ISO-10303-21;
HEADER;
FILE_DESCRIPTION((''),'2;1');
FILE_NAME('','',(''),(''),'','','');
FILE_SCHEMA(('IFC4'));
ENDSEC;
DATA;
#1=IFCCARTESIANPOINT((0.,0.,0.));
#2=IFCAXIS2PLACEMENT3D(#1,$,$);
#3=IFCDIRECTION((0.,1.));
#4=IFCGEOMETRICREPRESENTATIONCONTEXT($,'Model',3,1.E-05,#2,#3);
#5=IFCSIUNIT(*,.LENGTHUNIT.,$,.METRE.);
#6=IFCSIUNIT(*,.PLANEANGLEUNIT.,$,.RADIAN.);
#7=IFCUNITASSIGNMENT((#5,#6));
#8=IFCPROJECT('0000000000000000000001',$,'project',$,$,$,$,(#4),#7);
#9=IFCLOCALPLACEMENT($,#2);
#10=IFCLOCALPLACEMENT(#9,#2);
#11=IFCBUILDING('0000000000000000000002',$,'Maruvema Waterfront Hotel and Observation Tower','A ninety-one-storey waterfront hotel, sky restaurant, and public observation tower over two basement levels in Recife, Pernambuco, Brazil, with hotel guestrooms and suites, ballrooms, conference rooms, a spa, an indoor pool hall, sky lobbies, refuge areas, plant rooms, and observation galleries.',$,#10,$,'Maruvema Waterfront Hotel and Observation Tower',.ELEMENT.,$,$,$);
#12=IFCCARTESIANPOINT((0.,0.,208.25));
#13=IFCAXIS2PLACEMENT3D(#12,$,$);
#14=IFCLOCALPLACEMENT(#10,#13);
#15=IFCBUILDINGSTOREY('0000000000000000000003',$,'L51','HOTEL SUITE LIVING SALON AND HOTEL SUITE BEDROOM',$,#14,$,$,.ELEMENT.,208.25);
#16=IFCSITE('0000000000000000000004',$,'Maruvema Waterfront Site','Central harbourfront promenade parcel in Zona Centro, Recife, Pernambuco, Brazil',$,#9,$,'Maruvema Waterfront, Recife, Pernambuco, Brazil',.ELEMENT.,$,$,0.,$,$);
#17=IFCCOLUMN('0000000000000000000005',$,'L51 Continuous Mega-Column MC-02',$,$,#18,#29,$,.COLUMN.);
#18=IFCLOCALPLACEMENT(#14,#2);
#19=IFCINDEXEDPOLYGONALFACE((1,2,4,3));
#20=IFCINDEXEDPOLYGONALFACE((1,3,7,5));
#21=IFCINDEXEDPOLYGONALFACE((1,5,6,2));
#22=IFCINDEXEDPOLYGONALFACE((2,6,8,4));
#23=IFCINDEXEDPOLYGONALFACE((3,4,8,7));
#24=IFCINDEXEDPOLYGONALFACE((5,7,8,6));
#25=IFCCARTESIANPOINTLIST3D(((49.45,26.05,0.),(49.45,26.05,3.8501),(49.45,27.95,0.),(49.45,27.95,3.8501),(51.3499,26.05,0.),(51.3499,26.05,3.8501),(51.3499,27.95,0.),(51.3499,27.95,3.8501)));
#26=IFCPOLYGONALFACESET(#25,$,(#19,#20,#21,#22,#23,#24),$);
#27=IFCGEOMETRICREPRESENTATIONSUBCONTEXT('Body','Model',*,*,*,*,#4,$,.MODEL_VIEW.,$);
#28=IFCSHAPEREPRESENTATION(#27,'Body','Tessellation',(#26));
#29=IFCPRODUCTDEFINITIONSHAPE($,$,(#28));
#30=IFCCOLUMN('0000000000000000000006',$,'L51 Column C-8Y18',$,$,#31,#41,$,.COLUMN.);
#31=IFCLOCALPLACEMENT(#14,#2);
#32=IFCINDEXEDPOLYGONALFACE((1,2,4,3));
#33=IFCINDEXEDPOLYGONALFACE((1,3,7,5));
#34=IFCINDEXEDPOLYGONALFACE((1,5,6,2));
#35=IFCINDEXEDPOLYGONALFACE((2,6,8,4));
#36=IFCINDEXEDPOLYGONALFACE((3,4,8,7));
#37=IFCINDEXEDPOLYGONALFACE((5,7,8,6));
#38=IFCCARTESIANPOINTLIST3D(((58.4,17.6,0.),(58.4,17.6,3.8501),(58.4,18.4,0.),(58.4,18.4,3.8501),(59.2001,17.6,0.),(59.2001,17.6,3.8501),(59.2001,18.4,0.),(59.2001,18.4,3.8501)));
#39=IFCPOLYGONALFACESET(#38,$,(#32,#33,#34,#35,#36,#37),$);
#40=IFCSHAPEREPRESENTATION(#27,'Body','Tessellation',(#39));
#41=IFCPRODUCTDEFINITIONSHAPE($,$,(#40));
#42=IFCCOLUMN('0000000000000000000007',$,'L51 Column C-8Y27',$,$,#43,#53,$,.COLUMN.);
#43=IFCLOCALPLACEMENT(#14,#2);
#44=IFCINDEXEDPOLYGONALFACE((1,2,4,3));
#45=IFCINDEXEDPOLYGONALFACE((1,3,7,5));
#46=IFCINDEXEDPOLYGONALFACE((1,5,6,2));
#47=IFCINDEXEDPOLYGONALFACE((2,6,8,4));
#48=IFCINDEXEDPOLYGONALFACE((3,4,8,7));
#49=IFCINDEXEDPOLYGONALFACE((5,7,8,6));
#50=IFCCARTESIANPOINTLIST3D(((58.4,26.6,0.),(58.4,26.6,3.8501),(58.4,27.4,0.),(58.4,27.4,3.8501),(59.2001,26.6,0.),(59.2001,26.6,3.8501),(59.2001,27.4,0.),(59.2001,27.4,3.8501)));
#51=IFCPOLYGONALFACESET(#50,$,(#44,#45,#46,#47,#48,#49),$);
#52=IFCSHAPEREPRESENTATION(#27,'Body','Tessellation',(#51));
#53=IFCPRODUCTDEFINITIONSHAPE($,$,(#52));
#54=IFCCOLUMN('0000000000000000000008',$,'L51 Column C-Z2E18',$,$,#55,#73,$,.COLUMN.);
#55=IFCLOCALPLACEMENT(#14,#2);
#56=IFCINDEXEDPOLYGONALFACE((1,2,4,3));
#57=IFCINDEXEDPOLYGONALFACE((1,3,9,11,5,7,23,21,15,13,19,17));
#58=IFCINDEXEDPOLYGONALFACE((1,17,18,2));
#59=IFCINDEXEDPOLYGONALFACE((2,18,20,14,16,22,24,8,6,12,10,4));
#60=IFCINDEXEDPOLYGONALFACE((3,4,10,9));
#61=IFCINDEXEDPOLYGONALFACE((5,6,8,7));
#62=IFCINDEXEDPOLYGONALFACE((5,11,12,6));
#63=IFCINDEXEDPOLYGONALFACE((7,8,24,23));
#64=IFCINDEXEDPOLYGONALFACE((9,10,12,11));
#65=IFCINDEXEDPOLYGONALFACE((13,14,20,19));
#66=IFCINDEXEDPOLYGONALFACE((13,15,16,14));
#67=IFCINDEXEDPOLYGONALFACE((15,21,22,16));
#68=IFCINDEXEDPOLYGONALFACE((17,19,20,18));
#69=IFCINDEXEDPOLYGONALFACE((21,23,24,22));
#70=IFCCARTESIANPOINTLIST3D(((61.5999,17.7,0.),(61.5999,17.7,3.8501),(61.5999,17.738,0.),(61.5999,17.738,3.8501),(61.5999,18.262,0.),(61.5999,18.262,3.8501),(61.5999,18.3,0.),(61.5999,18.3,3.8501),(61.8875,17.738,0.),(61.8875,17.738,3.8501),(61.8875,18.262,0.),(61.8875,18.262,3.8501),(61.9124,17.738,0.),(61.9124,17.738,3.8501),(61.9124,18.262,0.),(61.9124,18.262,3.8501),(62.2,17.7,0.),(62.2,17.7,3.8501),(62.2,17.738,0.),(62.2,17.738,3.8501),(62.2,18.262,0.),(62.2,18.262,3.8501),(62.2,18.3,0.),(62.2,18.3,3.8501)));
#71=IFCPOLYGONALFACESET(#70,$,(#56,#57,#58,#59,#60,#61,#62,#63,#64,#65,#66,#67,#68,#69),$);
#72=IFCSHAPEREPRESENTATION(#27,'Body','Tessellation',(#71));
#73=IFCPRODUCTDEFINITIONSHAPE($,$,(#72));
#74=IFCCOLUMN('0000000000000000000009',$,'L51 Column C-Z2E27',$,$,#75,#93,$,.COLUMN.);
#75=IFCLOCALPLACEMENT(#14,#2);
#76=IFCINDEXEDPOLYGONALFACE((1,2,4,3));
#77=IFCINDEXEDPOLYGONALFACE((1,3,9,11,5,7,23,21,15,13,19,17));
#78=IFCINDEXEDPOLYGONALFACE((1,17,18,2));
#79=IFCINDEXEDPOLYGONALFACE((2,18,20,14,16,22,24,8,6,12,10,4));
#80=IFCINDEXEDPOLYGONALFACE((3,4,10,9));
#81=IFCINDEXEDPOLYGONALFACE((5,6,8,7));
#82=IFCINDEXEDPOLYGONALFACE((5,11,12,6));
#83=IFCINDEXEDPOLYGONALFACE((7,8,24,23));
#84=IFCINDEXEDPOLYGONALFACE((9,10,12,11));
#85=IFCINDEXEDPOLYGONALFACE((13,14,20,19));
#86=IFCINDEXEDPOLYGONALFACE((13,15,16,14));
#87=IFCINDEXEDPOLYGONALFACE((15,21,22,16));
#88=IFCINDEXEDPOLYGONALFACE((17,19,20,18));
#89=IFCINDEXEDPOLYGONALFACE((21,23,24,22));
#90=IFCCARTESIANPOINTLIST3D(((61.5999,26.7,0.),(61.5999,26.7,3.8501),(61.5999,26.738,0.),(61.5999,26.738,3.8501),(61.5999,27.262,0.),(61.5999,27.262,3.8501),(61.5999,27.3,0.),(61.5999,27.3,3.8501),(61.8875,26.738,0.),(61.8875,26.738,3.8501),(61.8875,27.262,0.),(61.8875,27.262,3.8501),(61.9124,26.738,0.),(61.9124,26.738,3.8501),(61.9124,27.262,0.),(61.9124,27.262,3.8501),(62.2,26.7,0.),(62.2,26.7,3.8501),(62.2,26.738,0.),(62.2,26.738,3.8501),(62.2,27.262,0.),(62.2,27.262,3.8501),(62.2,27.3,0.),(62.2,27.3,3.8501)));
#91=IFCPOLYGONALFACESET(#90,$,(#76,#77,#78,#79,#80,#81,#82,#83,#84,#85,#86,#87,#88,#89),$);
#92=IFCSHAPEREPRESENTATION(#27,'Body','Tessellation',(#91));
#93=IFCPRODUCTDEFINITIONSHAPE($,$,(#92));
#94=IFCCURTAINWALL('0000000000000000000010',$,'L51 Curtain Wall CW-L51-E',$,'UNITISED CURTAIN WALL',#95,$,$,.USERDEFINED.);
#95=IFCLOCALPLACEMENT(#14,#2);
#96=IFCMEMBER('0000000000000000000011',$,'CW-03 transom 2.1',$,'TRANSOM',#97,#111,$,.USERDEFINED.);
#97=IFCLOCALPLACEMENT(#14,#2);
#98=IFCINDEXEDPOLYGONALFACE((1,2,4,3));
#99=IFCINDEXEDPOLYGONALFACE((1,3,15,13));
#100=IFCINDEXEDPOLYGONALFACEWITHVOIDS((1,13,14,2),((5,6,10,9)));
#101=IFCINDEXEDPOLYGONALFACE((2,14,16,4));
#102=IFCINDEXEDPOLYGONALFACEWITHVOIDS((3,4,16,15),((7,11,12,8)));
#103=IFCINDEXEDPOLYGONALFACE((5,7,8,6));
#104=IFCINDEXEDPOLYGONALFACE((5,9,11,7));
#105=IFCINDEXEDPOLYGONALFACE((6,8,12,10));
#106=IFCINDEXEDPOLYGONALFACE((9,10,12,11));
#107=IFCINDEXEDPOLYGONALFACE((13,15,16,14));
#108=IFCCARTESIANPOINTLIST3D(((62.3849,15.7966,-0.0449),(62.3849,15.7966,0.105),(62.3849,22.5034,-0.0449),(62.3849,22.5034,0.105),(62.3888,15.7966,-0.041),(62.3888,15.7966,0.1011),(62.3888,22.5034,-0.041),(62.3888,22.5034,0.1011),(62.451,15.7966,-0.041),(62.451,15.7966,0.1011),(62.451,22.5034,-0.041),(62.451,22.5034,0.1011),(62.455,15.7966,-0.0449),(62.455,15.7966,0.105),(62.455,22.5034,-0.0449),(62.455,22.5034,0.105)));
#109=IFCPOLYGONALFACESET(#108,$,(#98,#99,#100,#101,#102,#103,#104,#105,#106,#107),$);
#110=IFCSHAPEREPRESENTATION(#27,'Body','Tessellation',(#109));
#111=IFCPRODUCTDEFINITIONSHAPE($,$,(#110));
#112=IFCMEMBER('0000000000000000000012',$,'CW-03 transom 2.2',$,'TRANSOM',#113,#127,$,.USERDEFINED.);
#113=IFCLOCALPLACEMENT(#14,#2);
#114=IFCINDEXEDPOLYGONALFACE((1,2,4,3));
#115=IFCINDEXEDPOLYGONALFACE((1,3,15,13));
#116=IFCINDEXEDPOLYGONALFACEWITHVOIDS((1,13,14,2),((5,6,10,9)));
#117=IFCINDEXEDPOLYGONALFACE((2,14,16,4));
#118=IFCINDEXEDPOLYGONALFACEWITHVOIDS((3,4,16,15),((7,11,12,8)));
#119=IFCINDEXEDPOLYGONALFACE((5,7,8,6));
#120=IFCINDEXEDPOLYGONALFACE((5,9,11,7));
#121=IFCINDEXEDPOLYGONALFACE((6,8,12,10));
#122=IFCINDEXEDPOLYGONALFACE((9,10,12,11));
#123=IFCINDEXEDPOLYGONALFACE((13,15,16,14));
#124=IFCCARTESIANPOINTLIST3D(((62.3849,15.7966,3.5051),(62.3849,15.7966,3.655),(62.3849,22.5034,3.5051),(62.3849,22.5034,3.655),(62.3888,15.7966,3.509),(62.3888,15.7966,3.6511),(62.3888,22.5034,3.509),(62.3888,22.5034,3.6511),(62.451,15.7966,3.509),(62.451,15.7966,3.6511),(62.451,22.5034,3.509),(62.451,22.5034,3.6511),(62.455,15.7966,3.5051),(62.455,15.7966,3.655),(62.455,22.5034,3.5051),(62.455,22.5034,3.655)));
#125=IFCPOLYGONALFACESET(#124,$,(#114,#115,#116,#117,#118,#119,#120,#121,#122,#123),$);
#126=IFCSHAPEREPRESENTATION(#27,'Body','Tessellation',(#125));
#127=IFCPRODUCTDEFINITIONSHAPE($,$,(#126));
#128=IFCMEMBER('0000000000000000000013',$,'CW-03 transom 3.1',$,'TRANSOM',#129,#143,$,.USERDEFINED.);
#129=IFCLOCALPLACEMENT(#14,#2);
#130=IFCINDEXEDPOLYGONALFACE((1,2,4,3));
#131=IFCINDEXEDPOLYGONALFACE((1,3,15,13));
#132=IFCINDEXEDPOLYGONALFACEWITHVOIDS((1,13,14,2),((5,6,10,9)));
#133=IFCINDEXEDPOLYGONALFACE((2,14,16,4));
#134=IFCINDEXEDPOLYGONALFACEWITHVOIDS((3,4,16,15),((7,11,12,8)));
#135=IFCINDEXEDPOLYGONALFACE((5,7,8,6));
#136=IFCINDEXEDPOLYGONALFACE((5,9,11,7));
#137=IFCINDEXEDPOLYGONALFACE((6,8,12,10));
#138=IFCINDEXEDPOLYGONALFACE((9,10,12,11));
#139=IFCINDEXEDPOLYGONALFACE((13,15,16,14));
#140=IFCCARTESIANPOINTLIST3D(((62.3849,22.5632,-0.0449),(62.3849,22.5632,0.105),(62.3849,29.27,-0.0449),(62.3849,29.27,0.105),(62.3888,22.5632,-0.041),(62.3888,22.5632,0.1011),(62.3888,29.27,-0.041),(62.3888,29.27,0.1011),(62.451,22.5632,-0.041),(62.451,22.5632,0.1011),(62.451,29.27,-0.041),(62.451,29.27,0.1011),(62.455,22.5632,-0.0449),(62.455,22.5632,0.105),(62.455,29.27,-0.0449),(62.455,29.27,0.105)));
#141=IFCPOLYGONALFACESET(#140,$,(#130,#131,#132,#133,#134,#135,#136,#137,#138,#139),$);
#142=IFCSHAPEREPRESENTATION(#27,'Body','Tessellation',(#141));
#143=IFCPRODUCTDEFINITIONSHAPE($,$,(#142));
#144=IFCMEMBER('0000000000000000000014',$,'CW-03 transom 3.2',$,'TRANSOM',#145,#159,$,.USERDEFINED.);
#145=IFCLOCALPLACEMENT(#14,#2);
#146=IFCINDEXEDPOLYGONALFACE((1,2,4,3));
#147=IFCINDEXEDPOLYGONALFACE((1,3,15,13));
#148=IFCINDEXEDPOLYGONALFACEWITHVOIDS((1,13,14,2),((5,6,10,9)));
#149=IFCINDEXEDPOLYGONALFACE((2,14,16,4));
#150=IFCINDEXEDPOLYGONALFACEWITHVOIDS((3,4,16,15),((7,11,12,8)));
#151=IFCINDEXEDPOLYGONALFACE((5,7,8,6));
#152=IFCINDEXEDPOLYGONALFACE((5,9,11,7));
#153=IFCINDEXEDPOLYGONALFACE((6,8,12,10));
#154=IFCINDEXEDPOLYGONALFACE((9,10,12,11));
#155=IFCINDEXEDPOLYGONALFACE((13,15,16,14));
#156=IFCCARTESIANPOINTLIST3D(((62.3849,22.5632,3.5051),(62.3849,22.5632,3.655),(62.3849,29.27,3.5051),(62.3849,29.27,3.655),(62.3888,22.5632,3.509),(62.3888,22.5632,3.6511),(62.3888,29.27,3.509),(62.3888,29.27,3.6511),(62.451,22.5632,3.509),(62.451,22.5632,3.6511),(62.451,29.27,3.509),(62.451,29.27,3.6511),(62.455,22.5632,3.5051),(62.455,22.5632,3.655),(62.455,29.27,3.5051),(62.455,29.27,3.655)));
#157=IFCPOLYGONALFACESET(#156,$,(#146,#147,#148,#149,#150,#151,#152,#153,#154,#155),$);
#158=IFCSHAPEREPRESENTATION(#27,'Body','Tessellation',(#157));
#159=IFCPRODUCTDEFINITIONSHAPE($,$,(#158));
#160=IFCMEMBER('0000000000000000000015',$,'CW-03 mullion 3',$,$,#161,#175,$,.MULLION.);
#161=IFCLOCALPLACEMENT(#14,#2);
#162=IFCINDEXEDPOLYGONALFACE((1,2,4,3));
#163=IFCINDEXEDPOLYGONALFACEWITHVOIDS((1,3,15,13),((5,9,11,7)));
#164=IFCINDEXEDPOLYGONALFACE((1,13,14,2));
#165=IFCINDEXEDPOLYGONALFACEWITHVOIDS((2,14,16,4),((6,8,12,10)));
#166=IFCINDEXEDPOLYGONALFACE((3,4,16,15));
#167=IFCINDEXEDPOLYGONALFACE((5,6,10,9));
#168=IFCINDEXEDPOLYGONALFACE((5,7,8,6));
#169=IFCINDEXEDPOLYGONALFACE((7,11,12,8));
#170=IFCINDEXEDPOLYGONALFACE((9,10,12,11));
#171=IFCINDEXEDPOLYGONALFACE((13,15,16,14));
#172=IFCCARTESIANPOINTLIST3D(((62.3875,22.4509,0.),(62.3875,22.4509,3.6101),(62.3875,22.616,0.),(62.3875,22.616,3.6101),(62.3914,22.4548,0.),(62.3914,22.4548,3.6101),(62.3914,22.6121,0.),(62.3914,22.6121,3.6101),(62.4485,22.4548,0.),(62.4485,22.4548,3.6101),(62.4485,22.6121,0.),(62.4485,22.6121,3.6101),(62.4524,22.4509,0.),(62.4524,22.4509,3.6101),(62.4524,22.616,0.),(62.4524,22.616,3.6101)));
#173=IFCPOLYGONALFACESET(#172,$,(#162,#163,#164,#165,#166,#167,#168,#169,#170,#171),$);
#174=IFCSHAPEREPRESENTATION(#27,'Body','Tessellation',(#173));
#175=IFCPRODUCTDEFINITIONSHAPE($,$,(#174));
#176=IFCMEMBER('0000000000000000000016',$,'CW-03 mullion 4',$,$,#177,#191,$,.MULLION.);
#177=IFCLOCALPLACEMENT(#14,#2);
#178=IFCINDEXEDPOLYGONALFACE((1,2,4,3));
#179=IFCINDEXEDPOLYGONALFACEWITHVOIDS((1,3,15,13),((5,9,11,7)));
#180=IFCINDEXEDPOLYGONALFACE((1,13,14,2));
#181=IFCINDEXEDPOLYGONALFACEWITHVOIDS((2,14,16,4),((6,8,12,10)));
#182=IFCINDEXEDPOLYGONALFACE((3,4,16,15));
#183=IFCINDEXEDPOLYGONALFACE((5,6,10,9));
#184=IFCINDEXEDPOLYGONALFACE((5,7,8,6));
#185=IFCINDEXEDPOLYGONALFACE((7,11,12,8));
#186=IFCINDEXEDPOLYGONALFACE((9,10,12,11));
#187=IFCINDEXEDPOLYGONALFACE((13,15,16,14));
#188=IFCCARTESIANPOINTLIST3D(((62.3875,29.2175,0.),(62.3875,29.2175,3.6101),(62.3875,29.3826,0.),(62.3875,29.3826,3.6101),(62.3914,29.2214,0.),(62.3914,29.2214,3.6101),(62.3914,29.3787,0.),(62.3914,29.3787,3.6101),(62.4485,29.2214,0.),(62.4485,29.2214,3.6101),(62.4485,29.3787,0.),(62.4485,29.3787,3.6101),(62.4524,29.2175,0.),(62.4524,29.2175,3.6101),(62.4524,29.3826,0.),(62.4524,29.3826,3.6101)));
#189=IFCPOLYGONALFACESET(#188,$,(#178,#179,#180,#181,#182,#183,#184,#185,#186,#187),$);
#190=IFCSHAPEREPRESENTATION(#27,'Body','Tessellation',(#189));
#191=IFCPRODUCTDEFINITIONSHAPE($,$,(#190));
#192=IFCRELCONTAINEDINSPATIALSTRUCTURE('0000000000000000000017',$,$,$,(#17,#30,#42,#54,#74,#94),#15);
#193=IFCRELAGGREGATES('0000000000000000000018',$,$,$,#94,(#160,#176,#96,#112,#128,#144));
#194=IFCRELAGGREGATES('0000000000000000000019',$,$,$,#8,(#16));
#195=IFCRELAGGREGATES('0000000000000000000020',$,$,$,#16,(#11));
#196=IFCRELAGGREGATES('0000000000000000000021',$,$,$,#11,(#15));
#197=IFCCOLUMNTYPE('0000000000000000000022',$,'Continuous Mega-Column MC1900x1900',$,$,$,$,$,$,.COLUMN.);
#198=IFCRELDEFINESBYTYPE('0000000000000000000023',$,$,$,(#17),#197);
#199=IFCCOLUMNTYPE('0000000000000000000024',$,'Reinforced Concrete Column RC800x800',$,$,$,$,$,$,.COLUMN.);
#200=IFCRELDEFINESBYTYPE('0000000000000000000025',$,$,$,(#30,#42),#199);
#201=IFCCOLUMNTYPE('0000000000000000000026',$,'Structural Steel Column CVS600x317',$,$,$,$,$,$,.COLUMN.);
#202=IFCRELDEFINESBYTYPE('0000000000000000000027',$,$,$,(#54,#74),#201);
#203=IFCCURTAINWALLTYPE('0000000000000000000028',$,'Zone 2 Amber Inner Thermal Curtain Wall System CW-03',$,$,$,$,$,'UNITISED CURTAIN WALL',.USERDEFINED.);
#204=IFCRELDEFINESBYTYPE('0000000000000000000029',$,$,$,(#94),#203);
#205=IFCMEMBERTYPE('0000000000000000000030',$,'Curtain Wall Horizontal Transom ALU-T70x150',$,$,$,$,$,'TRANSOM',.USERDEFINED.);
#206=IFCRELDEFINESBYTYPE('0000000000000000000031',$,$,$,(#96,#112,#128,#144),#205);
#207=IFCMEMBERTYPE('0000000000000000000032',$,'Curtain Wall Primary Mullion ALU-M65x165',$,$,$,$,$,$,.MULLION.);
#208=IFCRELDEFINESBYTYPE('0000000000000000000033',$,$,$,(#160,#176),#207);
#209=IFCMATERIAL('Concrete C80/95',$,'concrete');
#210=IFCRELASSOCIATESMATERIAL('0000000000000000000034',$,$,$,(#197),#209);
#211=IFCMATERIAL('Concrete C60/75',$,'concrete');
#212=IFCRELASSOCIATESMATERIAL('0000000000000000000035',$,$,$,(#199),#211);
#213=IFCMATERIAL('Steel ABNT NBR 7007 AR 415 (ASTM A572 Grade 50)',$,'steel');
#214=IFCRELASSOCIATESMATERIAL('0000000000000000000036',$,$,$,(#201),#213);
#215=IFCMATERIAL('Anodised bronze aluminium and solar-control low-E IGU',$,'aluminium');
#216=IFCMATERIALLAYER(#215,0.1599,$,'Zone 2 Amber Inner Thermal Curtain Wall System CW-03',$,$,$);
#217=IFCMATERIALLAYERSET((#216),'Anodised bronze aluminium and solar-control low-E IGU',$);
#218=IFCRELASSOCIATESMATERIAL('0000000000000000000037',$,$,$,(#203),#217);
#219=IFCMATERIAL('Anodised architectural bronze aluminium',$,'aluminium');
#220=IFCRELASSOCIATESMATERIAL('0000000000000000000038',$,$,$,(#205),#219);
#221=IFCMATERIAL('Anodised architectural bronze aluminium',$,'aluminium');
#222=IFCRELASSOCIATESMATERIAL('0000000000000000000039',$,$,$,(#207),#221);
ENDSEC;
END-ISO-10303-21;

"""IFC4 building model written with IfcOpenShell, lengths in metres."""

from ifc_helpers import new_model, si_unit, direction, frame, origin, origin_2d, place, context, subcontext, project, spatial, rectangle, hollow_rectangle, i_section, extrude, material, layer, layer_set, material_profile, profile_set, type_object, element, aggregate, save


model = new_model("IFC4")

# Units and contexts
model_context = context("Model", 3, precision=1e-05, world=origin(), true_north=direction((0.0, 1.0)))
body_context = subcontext(model_context, "Body", "Model", "MODEL_VIEW")
ifc_project = project(units=[si_unit("LENGTHUNIT", "METRE"), si_unit("PLANEANGLEUNIT", "RADIAN")], contexts=[model_context])

# Site, building, storey
site_placement = place(None, origin())
site = spatial("IfcSite", under=ifc_project, at=site_placement, Name="Maruvema Waterfront Site", Description="Central harbourfront promenade parcel in Zona Centro, Recife, Pernambuco, Brazil", LongName="Maruvema Waterfront, Recife, Pernambuco, Brazil", CompositionType="ELEMENT", RefElevation=0.0)
building_placement = place(site_placement, origin())
building = spatial("IfcBuilding", under=site, at=building_placement, Name="Maruvema Waterfront Hotel and Observation Tower", Description="A ninety-one-storey waterfront hotel, sky restaurant, and public observation tower over two basement levels in Recife, Pernambuco, Brazil, with hotel guestrooms and suites, ballrooms, conference rooms, a spa, an indoor pool hall, sky lobbies, refuge areas, plant rooms, and observation galleries.", LongName="Maruvema Waterfront Hotel and Observation Tower", CompositionType="ELEMENT")
storey_placement = place(building_placement, frame((0.0, 0.0, 208.25)))
storey = spatial("IfcBuildingStorey", under=building, at=storey_placement, Name="L51", Description="HOTEL SUITE LIVING SALON AND HOTEL SUITE BEDROOM", CompositionType="ELEMENT", Elevation=208.25)

# Columns
ifc_material_1 = material(Name="Concrete C80/95", Category="concrete")
ifc_material_profile_1 = material_profile(ifc_material_1, rectangle(XDim=1.8999, YDim=1.8999, at=origin_2d()), Name="MC1900x1900")
ifc_profile_set_1 = profile_set([ifc_material_profile_1], Name="Concrete C80/95")
column_type_1 = type_object("IfcColumnType", Name="Continuous Mega-Column MC1900x1900", PredefinedType="COLUMN", material=ifc_profile_set_1)
column_placement = place(storey_placement, frame((50.3999, 27.0, 0.0), z_axis=(0.0, 0.0, 1.0), x_axis=(1.0, 0.0, 0.0)))
element("IfcColumn", 1, at=column_placement, inside=storey, type_object=column_type_1, Name="L51 Continuous Mega-Column MC-02", PredefinedType="COLUMN", context=body_context, shape_type="SweptSolid", body=[
    extrude(rectangle(XDim=1.8999, YDim=1.8999, at=origin_2d()), origin(), (0.0, 0.0, 1.0), 3.8501),
])
ifc_material_2 = material(Name="Concrete C60/75", Category="concrete")
ifc_material_profile_2 = material_profile(ifc_material_2, rectangle(XDim=0.8, YDim=0.8, at=origin_2d()), Name="RC800x800")
ifc_profile_set_2 = profile_set([ifc_material_profile_2], Name="Concrete C60/75")
column_type_2 = type_object("IfcColumnType", Name="Reinforced Concrete Column RC800x800", PredefinedType="COLUMN", material=ifc_profile_set_2)
for number, where, z_axis, x_axis, name in (
    (2, (58.8, 18.0, 0.0), (0.0, 0.0, 1.0), (1.0, 0.0, 0.0), "L51 Column C-8Y18"),
    (3, (58.8, 27.0, 0.0), (0.0, 0.0, 1.0), (1.0, 0.0, 0.0), "L51 Column C-8Y27"),
):
    element("IfcColumn", number, at=place(storey_placement, frame(where, z_axis=z_axis, x_axis=x_axis)), inside=storey, type_object=column_type_2, Name=name, PredefinedType="COLUMN", context=body_context, shape_type="SweptSolid", body=[
        extrude(rectangle(XDim=0.8, YDim=0.8, at=origin_2d()), origin(), (0.0, 0.0, 1.0), 3.8501),
    ])
ifc_material_3 = material(Name="Steel ABNT NBR 7007 AR 415 (ASTM A572 Grade 50)", Category="steel")
ifc_material_profile_3 = material_profile(ifc_material_3, i_section(OverallWidth=0.6001, OverallDepth=0.6001, WebThickness=0.0249, FlangeThickness=0.0381, at=origin_2d()), Name="CVS600x317")
ifc_profile_set_3 = profile_set([ifc_material_profile_3], Name="Steel ABNT NBR 7007 AR 415 (ASTM A572 Grade 50)")
column_type_3 = type_object("IfcColumnType", Name="Structural Steel Column CVS600x317", PredefinedType="COLUMN", material=ifc_profile_set_3)
for number, where, z_axis, x_axis, name in (
    (4, (61.8999, 18.0, 0.0), (0.0, 0.0, 1.0), (1.0, 0.0, 0.0), "L51 Column C-Z2E18"),
    (5, (61.8999, 27.0, 0.0), (0.0, 0.0, 1.0), (1.0, 0.0, 0.0), "L51 Column C-Z2E27"),
):
    element("IfcColumn", number, at=place(storey_placement, frame(where, z_axis=z_axis, x_axis=x_axis)), inside=storey, type_object=column_type_3, Name=name, PredefinedType="COLUMN", context=body_context, shape_type="SweptSolid", body=[
        extrude(i_section(OverallWidth=0.6001, OverallDepth=0.6001, WebThickness=0.0249, FlangeThickness=0.0381, at=origin_2d()), origin(), (0.0, 0.0, 1.0), 3.8501),
    ])

# Curtain wall, members
ifc_material_4 = material(Name="Anodised bronze aluminium and solar-control low-E IGU", Category="aluminium")
ifc_layer_1 = layer(ifc_material_4, 0.1599, Name="Zone 2 Amber Inner Thermal Curtain Wall System CW-03")
ifc_layer_set_1 = layer_set([ifc_layer_1], Name="Anodised bronze aluminium and solar-control low-E IGU")
curtain_wall_type = type_object("IfcCurtainWallType", Name="Zone 2 Amber Inner Thermal Curtain Wall System CW-03", ElementType="UNITISED CURTAIN WALL", PredefinedType="USERDEFINED", material=ifc_layer_set_1)
curtain_wall_placement = place(storey_placement, origin())
curtain_wall = element("IfcCurtainWall", 6, at=curtain_wall_placement, inside=storey, type_object=curtain_wall_type, Name="L51 Curtain Wall CW-L51-E", ObjectType="UNITISED CURTAIN WALL", PredefinedType="USERDEFINED")
ifc_material_5 = material(Name="Anodised architectural bronze aluminium", Category="aluminium")
ifc_material_profile_4 = material_profile(ifc_material_5, hollow_rectangle(XDim=0.0701, YDim=0.1499, WallThickness=0.0039, at=origin_2d()), Name="ALU-T70x150")
ifc_profile_set_4 = profile_set([ifc_material_profile_4], Name="Anodised architectural bronze aluminium")
member_type_1 = type_object("IfcMemberType", Name="Curtain Wall Horizontal Transom ALU-T70x150", ElementType="TRANSOM", PredefinedType="USERDEFINED", material=ifc_profile_set_4)
member_1_placement = place(storey_placement, frame((62.4199, 15.7966, 0.03), z_axis=(0.0, 1.0, 0.0), x_axis=(-1.0, 0.0, 0.0)))
member_1 = element("IfcMember", 7, at=member_1_placement, type_object=member_type_1, Name="CW-03 transom 2.1", ObjectType="TRANSOM", PredefinedType="USERDEFINED", context=body_context, shape_type="SweptSolid", body=[
    extrude(hollow_rectangle(XDim=0.0701, YDim=0.1499, WallThickness=0.0039, at=origin_2d()), origin(), (0.0, 0.0, 1.0), 6.7068),
])
member_2_placement = place(storey_placement, frame((62.4199, 15.7966, 3.5801), z_axis=(0.0, 1.0, 0.0), x_axis=(-1.0, 0.0, 0.0)))
member_2 = element("IfcMember", 8, at=member_2_placement, type_object=member_type_1, Name="CW-03 transom 2.2", ObjectType="TRANSOM", PredefinedType="USERDEFINED", context=body_context, shape_type="SweptSolid", body=[
    extrude(hollow_rectangle(XDim=0.0701, YDim=0.1499, WallThickness=0.0039, at=origin_2d()), origin(), (0.0, 0.0, 1.0), 6.7068),
])
member_3_placement = place(storey_placement, frame((62.4199, 22.5632, 0.03), z_axis=(0.0, 1.0, 0.0), x_axis=(-1.0, 0.0, 0.0)))
member_3 = element("IfcMember", 9, at=member_3_placement, type_object=member_type_1, Name="CW-03 transom 3.1", ObjectType="TRANSOM", PredefinedType="USERDEFINED", context=body_context, shape_type="SweptSolid", body=[
    extrude(hollow_rectangle(XDim=0.0701, YDim=0.1499, WallThickness=0.0039, at=origin_2d()), origin(), (0.0, 0.0, 1.0), 6.7068),
])
member_4_placement = place(storey_placement, frame((62.4199, 22.5632, 3.5801), z_axis=(0.0, 1.0, 0.0), x_axis=(-1.0, 0.0, 0.0)))
member_4 = element("IfcMember", 10, at=member_4_placement, type_object=member_type_1, Name="CW-03 transom 3.2", ObjectType="TRANSOM", PredefinedType="USERDEFINED", context=body_context, shape_type="SweptSolid", body=[
    extrude(hollow_rectangle(XDim=0.0701, YDim=0.1499, WallThickness=0.0039, at=origin_2d()), origin(), (0.0, 0.0, 1.0), 6.7068),
])
ifc_material_6 = material(Name="Anodised architectural bronze aluminium", Category="aluminium")
ifc_material_profile_5 = material_profile(ifc_material_6, hollow_rectangle(XDim=0.0649, YDim=0.165, WallThickness=0.0039, at=origin_2d()), Name="ALU-M65x165")
ifc_profile_set_5 = profile_set([ifc_material_profile_5], Name="Anodised architectural bronze aluminium")
member_type_2 = type_object("IfcMemberType", Name="Curtain Wall Primary Mullion ALU-M65x165", PredefinedType="MULLION", material=ifc_profile_set_5)
member_5_placement = place(storey_placement, frame((62.4199, 22.5334, 0.0), z_axis=(0.0, 0.0, 1.0), x_axis=(-1.0, 0.0, 0.0)))
member_5 = element("IfcMember", 11, at=member_5_placement, type_object=member_type_2, Name="CW-03 mullion 3", PredefinedType="MULLION", context=body_context, shape_type="SweptSolid", body=[
    extrude(hollow_rectangle(XDim=0.0649, YDim=0.165, WallThickness=0.0039, at=origin_2d()), origin(), (0.0, 0.0, 1.0), 3.6101),
])
member_6_placement = place(storey_placement, frame((62.4199, 29.3, 0.0), z_axis=(0.0, 0.0, 1.0), x_axis=(-1.0, 0.0, 0.0)))
member_6 = element("IfcMember", 12, at=member_6_placement, type_object=member_type_2, Name="CW-03 mullion 4", PredefinedType="MULLION", context=body_context, shape_type="SweptSolid", body=[
    extrude(hollow_rectangle(XDim=0.0649, YDim=0.165, WallThickness=0.0039, at=origin_2d()), origin(), (0.0, 0.0, 1.0), 3.6101),
])

aggregate(curtain_wall, [member_5, member_6, member_1, member_2, member_3, member_4])

save(model, "model.ifc")
